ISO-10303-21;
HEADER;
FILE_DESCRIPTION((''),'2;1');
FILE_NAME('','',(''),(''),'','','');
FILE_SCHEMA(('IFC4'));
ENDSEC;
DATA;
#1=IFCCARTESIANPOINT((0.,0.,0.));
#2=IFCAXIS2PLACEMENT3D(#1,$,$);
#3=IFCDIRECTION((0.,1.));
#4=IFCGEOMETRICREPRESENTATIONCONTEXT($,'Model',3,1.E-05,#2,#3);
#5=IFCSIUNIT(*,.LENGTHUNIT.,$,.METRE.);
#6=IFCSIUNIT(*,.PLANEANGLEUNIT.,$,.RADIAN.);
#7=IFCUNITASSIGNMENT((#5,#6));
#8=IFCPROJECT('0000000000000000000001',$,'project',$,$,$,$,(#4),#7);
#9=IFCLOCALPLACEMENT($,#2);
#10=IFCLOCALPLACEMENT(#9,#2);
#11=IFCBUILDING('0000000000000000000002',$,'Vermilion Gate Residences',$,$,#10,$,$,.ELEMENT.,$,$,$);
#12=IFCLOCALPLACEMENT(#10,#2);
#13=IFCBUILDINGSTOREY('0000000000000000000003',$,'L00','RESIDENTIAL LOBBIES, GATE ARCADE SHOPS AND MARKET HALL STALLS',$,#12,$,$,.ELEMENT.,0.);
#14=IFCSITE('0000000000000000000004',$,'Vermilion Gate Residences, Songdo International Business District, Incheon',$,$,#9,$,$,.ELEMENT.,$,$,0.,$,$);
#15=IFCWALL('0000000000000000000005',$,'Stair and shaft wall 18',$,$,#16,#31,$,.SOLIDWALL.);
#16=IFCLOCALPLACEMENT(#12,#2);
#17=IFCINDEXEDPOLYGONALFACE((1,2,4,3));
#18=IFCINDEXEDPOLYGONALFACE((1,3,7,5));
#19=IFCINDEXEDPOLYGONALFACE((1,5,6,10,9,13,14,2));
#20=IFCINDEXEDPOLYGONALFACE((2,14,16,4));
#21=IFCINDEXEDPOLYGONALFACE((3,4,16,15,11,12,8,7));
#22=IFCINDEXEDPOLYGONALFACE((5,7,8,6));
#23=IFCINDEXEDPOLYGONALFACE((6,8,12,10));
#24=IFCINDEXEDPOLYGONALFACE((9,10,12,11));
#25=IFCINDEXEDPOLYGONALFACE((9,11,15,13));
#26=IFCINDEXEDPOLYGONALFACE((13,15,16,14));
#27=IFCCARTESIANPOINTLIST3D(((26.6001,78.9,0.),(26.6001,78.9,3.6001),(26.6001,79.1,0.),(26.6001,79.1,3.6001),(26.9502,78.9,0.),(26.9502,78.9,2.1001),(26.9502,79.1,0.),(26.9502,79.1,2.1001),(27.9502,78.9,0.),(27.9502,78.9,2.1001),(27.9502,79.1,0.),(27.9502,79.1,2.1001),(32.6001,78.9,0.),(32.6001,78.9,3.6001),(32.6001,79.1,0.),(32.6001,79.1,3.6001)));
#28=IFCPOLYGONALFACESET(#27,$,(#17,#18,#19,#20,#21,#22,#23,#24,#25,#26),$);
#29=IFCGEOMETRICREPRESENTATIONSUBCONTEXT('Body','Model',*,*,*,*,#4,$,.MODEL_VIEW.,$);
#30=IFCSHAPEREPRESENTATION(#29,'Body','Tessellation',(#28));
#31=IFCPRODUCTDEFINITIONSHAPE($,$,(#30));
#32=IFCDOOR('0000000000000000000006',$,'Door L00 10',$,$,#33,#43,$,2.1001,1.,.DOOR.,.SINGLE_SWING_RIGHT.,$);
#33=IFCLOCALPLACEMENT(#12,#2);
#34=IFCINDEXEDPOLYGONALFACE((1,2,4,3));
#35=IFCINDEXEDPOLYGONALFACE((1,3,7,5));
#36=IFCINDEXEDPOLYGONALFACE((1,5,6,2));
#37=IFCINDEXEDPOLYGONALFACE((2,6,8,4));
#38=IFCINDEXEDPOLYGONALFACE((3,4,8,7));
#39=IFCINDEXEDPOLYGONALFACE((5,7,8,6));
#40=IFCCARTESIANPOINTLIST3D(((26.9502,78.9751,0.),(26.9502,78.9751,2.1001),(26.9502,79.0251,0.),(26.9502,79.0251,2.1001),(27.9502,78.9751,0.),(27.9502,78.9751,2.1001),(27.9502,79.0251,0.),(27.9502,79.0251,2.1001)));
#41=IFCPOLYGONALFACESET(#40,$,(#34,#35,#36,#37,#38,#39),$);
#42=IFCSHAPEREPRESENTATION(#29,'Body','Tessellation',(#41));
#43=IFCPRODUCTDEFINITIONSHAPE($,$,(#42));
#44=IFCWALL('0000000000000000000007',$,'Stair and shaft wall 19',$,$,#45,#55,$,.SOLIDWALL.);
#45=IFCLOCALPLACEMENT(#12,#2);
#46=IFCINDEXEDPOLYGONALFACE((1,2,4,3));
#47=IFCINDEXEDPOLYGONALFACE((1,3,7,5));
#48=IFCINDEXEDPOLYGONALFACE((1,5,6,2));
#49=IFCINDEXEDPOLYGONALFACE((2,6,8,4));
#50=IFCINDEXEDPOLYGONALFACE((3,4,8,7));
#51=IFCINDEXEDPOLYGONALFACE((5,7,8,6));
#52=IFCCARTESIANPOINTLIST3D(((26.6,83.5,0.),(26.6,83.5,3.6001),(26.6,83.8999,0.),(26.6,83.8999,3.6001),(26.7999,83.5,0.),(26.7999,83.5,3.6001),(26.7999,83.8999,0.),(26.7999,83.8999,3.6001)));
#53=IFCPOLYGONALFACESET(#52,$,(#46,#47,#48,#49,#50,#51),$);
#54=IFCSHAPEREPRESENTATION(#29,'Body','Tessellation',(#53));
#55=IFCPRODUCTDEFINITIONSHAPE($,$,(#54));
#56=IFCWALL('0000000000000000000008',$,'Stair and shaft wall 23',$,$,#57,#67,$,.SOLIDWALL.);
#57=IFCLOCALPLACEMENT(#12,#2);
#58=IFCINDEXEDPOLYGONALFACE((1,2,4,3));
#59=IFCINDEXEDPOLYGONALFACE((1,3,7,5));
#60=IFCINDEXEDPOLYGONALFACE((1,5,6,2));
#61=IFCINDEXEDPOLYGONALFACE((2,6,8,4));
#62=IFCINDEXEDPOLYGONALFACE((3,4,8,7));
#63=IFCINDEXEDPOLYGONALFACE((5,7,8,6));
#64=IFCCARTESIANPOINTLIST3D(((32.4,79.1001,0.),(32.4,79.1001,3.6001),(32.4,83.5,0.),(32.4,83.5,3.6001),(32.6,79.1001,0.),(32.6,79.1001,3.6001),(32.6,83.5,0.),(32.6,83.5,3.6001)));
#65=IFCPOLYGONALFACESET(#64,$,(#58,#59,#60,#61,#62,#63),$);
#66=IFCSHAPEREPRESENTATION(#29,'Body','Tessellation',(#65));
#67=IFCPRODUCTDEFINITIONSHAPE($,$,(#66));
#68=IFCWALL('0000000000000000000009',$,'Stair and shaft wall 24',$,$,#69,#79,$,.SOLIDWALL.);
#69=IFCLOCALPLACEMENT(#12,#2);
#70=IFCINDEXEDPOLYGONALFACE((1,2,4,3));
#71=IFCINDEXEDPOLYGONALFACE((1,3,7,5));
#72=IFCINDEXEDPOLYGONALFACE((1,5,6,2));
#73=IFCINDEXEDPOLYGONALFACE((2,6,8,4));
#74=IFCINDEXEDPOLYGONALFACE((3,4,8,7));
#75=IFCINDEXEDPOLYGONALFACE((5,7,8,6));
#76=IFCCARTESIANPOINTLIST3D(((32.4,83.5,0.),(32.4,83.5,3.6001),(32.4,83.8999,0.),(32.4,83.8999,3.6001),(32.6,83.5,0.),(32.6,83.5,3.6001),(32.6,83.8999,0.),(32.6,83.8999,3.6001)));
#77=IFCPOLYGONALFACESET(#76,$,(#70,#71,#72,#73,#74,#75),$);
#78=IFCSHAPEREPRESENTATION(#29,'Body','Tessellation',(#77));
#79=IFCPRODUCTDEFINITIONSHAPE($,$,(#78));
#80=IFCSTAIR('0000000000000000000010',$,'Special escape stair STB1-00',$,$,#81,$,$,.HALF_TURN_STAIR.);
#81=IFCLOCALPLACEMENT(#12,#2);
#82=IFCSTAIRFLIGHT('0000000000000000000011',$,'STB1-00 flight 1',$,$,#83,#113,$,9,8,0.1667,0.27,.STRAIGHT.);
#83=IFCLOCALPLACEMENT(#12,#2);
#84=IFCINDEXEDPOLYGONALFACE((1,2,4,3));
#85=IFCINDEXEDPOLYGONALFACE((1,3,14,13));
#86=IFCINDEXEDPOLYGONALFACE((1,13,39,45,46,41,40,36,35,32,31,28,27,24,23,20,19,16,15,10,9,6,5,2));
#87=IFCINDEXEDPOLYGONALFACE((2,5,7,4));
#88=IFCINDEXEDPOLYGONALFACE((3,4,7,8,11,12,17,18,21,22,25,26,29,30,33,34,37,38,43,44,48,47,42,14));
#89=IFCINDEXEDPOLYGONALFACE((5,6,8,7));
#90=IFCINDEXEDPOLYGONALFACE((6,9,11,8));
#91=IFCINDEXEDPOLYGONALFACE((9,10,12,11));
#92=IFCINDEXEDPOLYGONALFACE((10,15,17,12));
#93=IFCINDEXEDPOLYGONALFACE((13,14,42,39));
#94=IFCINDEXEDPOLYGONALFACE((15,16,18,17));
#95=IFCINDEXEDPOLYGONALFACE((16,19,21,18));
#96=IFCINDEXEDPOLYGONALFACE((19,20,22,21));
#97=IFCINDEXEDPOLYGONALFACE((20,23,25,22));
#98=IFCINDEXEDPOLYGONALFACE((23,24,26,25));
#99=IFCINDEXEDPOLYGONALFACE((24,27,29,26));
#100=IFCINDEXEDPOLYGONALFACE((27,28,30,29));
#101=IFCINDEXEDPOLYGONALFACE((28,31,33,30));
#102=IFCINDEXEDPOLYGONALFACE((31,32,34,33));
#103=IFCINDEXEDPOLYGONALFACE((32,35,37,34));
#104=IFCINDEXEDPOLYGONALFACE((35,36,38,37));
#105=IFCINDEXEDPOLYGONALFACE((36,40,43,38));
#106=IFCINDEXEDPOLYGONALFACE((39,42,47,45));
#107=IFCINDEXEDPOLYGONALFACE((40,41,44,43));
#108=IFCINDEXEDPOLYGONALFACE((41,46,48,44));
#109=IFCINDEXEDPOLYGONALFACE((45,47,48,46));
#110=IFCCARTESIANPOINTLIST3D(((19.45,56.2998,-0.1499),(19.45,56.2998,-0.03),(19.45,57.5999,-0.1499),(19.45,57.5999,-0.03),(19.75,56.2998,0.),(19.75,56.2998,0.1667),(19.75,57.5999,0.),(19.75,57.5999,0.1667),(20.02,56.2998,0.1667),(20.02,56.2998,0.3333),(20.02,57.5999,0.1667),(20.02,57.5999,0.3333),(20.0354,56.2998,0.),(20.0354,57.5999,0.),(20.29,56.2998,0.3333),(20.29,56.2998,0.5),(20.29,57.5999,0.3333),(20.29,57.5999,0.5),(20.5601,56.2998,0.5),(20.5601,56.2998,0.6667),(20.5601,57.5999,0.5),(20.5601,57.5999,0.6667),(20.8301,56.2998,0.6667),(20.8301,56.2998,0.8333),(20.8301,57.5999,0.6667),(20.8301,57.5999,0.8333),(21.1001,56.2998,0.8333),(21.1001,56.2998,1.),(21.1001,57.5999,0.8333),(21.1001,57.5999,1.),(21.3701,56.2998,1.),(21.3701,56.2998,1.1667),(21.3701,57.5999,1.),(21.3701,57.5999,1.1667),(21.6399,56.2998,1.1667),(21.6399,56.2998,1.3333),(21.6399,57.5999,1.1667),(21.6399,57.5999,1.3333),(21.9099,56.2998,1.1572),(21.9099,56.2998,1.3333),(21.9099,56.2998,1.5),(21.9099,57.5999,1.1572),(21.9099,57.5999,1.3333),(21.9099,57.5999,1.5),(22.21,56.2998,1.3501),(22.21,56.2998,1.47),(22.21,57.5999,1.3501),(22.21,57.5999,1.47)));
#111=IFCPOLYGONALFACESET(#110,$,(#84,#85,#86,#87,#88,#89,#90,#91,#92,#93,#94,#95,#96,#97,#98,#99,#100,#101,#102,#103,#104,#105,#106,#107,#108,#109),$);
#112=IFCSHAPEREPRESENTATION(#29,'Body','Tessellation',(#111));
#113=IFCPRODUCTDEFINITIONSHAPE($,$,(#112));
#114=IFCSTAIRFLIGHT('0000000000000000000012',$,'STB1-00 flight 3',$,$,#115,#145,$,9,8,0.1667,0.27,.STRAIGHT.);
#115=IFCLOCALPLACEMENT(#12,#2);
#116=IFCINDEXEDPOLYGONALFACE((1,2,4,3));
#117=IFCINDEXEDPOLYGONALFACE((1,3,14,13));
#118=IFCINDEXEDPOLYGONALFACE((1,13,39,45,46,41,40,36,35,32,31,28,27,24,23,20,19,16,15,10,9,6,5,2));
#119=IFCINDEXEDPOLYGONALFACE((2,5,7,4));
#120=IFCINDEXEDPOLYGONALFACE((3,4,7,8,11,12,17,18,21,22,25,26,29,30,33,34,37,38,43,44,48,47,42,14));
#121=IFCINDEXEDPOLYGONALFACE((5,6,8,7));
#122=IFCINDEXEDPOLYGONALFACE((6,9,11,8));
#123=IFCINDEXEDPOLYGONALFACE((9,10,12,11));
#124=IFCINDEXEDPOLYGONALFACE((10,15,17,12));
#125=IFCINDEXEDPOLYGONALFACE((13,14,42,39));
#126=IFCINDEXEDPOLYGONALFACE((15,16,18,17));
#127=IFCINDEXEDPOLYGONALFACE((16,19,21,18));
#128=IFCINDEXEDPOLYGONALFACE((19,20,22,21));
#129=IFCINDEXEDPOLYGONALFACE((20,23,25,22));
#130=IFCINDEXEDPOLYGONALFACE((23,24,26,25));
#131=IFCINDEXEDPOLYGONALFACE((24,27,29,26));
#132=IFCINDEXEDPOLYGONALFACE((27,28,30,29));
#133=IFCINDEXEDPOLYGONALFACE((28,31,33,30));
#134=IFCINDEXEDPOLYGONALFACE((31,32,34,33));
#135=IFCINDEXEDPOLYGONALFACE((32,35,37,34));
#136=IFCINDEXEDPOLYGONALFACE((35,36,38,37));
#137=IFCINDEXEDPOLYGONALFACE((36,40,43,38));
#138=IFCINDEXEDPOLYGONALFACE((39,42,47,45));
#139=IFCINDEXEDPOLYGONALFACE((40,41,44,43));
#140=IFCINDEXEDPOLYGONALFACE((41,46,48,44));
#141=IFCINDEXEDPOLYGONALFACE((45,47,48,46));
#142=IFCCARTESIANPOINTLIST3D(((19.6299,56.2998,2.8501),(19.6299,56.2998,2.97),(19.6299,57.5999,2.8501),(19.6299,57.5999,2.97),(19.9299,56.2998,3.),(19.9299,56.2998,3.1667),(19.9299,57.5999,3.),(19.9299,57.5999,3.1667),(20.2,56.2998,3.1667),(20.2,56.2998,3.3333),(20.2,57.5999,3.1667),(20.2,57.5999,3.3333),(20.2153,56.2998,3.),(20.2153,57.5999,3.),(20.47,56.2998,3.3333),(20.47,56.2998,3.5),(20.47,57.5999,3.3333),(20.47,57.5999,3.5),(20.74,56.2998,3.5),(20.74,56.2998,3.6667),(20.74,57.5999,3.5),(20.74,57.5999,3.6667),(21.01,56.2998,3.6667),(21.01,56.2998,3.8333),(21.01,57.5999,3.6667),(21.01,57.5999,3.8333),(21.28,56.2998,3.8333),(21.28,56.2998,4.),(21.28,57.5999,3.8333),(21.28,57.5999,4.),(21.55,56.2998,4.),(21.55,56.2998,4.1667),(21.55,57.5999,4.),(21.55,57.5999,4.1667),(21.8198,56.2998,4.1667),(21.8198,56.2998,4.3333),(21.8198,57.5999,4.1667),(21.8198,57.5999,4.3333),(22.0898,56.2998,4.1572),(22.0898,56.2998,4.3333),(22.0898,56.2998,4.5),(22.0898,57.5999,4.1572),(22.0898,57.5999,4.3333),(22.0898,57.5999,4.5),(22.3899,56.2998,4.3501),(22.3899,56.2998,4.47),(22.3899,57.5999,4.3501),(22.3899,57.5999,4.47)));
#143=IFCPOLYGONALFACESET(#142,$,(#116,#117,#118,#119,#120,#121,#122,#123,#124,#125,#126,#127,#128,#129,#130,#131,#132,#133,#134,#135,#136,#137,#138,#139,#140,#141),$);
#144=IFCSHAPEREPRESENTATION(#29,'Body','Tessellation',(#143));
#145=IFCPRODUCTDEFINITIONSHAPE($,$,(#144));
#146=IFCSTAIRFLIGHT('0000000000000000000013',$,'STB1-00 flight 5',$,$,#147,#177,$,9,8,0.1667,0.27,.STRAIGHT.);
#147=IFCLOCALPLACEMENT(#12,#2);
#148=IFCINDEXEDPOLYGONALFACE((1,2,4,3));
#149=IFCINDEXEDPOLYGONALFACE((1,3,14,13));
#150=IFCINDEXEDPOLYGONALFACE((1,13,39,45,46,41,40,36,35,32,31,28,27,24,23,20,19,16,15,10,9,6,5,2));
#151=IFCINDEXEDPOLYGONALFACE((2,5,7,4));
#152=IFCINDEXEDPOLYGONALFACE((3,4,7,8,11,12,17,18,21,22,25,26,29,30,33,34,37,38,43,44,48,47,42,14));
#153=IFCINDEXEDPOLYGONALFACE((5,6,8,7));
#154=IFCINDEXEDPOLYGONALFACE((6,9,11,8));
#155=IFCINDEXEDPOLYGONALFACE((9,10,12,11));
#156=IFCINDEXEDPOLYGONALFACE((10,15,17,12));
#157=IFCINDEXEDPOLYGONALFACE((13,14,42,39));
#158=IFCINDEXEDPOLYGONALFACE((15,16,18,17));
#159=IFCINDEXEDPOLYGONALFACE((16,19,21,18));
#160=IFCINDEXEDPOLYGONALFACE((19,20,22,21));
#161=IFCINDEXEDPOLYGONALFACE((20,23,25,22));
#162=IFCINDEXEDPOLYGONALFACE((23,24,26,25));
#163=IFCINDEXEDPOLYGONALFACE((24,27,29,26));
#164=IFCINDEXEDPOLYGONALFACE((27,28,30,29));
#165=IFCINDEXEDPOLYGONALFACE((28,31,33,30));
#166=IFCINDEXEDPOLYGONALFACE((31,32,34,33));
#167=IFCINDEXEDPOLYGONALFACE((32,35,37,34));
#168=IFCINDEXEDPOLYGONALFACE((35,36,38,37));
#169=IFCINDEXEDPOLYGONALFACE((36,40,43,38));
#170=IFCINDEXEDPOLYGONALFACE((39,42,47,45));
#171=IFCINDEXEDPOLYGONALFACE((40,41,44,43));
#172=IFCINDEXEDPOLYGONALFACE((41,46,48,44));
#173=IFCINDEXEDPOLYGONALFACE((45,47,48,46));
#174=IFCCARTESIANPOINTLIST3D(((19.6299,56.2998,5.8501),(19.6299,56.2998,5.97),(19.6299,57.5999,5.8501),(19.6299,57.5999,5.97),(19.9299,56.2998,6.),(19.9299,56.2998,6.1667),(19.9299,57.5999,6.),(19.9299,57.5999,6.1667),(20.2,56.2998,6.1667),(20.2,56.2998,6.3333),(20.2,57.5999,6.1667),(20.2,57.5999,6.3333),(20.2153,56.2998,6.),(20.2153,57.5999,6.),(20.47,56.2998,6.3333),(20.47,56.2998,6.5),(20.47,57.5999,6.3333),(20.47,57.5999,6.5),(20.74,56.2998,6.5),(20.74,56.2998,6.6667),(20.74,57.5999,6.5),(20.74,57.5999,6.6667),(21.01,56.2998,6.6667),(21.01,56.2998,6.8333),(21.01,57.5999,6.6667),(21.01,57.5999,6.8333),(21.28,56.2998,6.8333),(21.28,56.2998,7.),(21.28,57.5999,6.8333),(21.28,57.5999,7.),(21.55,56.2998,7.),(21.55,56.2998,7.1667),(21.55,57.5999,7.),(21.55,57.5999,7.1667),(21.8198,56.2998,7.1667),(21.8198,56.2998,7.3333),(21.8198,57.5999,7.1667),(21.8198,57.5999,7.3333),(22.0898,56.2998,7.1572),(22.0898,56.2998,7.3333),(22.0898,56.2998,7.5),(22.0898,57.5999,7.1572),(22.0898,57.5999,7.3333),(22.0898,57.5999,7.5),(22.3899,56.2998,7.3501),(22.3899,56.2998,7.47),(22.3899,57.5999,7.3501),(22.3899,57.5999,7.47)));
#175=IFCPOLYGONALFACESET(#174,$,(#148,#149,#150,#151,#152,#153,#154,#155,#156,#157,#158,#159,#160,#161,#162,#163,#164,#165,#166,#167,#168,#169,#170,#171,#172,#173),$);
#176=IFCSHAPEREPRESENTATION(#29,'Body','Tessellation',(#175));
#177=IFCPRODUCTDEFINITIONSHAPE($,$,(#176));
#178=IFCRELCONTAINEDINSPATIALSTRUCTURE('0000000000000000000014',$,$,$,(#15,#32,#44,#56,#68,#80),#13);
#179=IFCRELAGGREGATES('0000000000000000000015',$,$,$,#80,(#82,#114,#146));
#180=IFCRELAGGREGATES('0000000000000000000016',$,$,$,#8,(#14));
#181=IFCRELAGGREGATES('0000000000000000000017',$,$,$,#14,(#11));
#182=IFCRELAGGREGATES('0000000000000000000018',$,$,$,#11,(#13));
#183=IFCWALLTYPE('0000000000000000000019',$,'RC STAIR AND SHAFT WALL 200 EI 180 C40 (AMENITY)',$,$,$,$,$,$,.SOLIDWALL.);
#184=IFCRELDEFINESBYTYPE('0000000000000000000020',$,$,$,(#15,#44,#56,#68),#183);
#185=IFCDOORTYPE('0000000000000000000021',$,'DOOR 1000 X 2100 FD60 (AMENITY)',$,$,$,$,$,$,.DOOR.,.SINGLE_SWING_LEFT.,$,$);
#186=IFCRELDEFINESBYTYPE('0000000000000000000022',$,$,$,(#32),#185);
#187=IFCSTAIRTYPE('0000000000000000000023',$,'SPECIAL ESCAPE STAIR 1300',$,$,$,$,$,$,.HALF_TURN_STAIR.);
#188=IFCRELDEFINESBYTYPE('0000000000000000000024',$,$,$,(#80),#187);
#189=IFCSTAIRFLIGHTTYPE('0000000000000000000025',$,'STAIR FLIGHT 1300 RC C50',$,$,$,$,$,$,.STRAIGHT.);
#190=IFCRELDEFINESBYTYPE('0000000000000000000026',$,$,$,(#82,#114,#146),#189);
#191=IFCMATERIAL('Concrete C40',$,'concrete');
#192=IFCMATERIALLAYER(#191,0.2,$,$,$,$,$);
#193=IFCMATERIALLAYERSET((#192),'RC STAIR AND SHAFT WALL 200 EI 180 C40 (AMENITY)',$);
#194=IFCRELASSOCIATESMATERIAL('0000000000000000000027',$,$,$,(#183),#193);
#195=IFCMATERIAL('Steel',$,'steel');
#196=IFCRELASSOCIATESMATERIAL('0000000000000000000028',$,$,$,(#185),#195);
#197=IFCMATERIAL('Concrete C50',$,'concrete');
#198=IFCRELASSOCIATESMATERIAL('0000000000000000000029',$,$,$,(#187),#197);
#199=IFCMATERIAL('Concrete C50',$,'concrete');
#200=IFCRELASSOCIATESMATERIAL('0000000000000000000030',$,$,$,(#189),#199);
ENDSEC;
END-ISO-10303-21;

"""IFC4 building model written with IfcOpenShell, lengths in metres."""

from ifc_helpers import new_model, si_unit, direction, frame, frame_2d, origin, place, context, subcontext, project, spatial, polyline, rectangle, outline, extrude, material, layer, layer_set, type_object, element, fill, aggregate, save


model = new_model("IFC4")

# Units and contexts
model_context = context("Model", 3, precision=1e-05, world=origin(), true_north=direction((0.0, 1.0)))
body_context = subcontext(model_context, "Body", "Model", "MODEL_VIEW")
ifc_project = project(units=[si_unit("LENGTHUNIT", "METRE"), si_unit("PLANEANGLEUNIT", "RADIAN")], contexts=[model_context])

# Site, building, storey
site_placement = place(None, origin())
site = spatial("IfcSite", under=ifc_project, at=site_placement, Name="Vermilion Gate Residences, Songdo International Business District, Incheon", CompositionType="ELEMENT", RefElevation=0.0)
building_placement = place(site_placement, origin())
building = spatial("IfcBuilding", under=site, at=building_placement, Name="Vermilion Gate Residences", CompositionType="ELEMENT")
storey_placement = place(building_placement, origin())
storey = spatial("IfcBuildingStorey", under=building, at=storey_placement, Name="L00", Description="RESIDENTIAL LOBBIES, GATE ARCADE SHOPS AND MARKET HALL STALLS", CompositionType="ELEMENT", Elevation=0.0)

# Shared definitions
ifc_material_1 = material(Name="Concrete C40", Category="concrete")
ifc_layer_1 = layer(ifc_material_1, 0.2)
ifc_layer_set_1 = layer_set([ifc_layer_1], Name="RC STAIR AND SHAFT WALL 200 EI 180 C40 (AMENITY)")
wall_type_1 = type_object("IfcWallType", Name="RC STAIR AND SHAFT WALL 200 EI 180 C40 (AMENITY)", PredefinedType="SOLIDWALL", material=ifc_layer_set_1)

# Wall, opening, door
wall_1_placement = place(storey_placement, frame((26.6001, 79.0, 0.0), z_axis=(0.0, 0.0, 1.0), x_axis=(1.0, 0.0, 0.0)))
wall_1 = element("IfcWall", 1, at=wall_1_placement, inside=storey, type_object=wall_type_1, Name="Stair and shaft wall 18", PredefinedType="SOLIDWALL", context=body_context, shape_type="SweptSolid", body=[
    extrude(rectangle(XDim=6.0, YDim=0.2, at=frame_2d((3.0, 0.0))), origin(), (0.0, 0.0, 1.0), 3.6001),
])
opening_1_placement = place(wall_1_placement, frame((0.3501, 0.0, 0.0)))
opening_1 = element("IfcOpeningElement", 2, at=opening_1_placement, cuts=wall_1, PredefinedType="OPENING", context=body_context, shape_type="SweptSolid", body=[
    extrude(rectangle(XDim=1.0, YDim=2.1001, at=frame_2d((0.5, 1.05))), frame((0.0, 0.1099, 0.0), z_axis=(0.0, -1.0, 0.0), x_axis=(1.0, 0.0, 0.0)), (0.0, 0.0, 1.0), 0.22),
])
ifc_material_2 = material(Name="Steel", Category="steel")
door_type_1 = type_object("IfcDoorType", Name="DOOR 1000 X 2100 FD60 (AMENITY)", OperationType="SINGLE_SWING_LEFT", PredefinedType="DOOR", material=ifc_material_2)
door_1_placement = place(opening_1_placement, frame((1.0, 0.0, 0.0), z_axis=(0.0, 0.0, 1.0), x_axis=(-1.0, 0.0, 0.0)))
door_1 = element("IfcDoor", 3, at=door_1_placement, inside=storey, type_object=door_type_1, Name="Door L00 10", OperationType="SINGLE_SWING_RIGHT", OverallHeight=2.1001, OverallWidth=1.0, PredefinedType="DOOR", context=body_context, shape_type="SweptSolid", body=[
    extrude(rectangle(XDim=1.0, YDim=2.1001, at=frame_2d((0.5, 1.05))), frame((0.0, 0.0249, 0.0), z_axis=(0.0, -1.0, 0.0), x_axis=(1.0, 0.0, 0.0)), (0.0, 0.0, 1.0), 0.05),
])
fill(opening_1, door_1)

# Walls
wall_2_placement = place(storey_placement, frame((26.7, 83.5, 0.0), z_axis=(0.0, 0.0, 1.0), x_axis=(0.0, 1.0, 0.0)))
element("IfcWall", 4, at=wall_2_placement, inside=storey, type_object=wall_type_1, Name="Stair and shaft wall 19", PredefinedType="SOLIDWALL", context=body_context, shape_type="SweptSolid", body=[
    extrude(rectangle(XDim=0.3999, YDim=0.2, at=frame_2d((0.2, 0.0))), origin(), (0.0, 0.0, 1.0), 3.6001),
])
wall_3_placement = place(storey_placement, frame((32.5, 79.1001, 0.0), z_axis=(0.0, 0.0, 1.0), x_axis=(0.0, 1.0, 0.0)))
element("IfcWall", 5, at=wall_3_placement, inside=storey, type_object=wall_type_1, Name="Stair and shaft wall 23", PredefinedType="SOLIDWALL", context=body_context, shape_type="SweptSolid", body=[
    extrude(rectangle(XDim=4.3999, YDim=0.2, at=frame_2d((2.2, 0.0))), origin(), (0.0, 0.0, 1.0), 3.6001),
])
wall_4_placement = place(storey_placement, frame((32.5, 83.5, 0.0), z_axis=(0.0, 0.0, 1.0), x_axis=(0.0, 1.0, 0.0)))
element("IfcWall", 6, at=wall_4_placement, inside=storey, type_object=wall_type_1, Name="Stair and shaft wall 24", PredefinedType="SOLIDWALL", context=body_context, shape_type="SweptSolid", body=[
    extrude(rectangle(XDim=0.3999, YDim=0.2, at=frame_2d((0.2, 0.0))), origin(), (0.0, 0.0, 1.0), 3.6001),
])

# Stair, stair flights
ifc_material_3 = material(Name="Concrete C50", Category="concrete")
stair_type = type_object("IfcStairType", Name="SPECIAL ESCAPE STAIR 1300", PredefinedType="HALF_TURN_STAIR", material=ifc_material_3)
stair_placement = place(storey_placement, origin())
stair = element("IfcStair", 7, at=stair_placement, inside=storey, type_object=stair_type, Name="Special escape stair STB1-00", PredefinedType="HALF_TURN_STAIR")
ifc_material_4 = material(Name="Concrete C50", Category="concrete")
stair_flight_type = type_object("IfcStairFlightType", Name="STAIR FLIGHT 1300 RC C50", PredefinedType="STRAIGHT", material=ifc_material_4)
stair_flight_1_placement = place(storey_placement, frame((19.75, 56.95, 0.0), z_axis=(0.0, 0.0, 1.0), x_axis=(1.0, 0.0, 0.0)))
stair_flight_1 = element("IfcStairFlight", 8, at=stair_flight_1_placement, type_object=stair_flight_type, Name="STB1-00 flight 1", NumberOfRisers=9, NumberOfTreads=8, PredefinedType="STRAIGHT", RiserHeight=0.1667, TreadLength=0.27, context=body_context, shape_type="SweptSolid", body=[
    extrude(outline(polyline([(-0.3, -0.1499), (-0.3, -0.03), (0.0, 0.0), (0.0, 0.1667), (0.27, 0.1667), (0.27, 0.3333), (0.54, 0.3333), (0.54, 0.5), (0.8101, 0.5), (0.8101, 0.6667), (1.0801, 0.6667), (1.0801, 0.8333), (1.3501, 0.8333), (1.3501, 1.0), (1.6201, 1.0), (1.6201, 1.1667), (1.8899, 1.1667), (1.8899, 1.3333), (2.1599, 1.3333), (2.1599, 1.5), (2.46, 1.47), (2.46, 1.3501), (2.1599, 1.1572), (0.2854, 0.0), (-0.3, -0.1499)])), frame((0.0, 0.6499, 0.0), z_axis=(0.0, -1.0, 0.0), x_axis=(1.0, 0.0, 0.0)), (0.0, 0.0, 1.0), 1.3),
])
stair_flight_2_placement = place(storey_placement, frame((19.9299, 56.95, 3.0), z_axis=(0.0, 0.0, 1.0), x_axis=(1.0, 0.0, 0.0)))
stair_flight_2 = element("IfcStairFlight", 9, at=stair_flight_2_placement, type_object=stair_flight_type, Name="STB1-00 flight 3", NumberOfRisers=9, NumberOfTreads=8, PredefinedType="STRAIGHT", RiserHeight=0.1667, TreadLength=0.27, context=body_context, shape_type="SweptSolid", body=[
    extrude(outline(polyline([(-0.3, -0.1499), (-0.3, -0.03), (0.0, 0.0), (0.0, 0.1667), (0.27, 0.1667), (0.27, 0.3333), (0.54, 0.3333), (0.54, 0.5), (0.8101, 0.5), (0.8101, 0.6667), (1.0801, 0.6667), (1.0801, 0.8333), (1.3501, 0.8333), (1.3501, 1.0), (1.6201, 1.0), (1.6201, 1.1667), (1.8899, 1.1667), (1.8899, 1.3333), (2.1599, 1.3333), (2.1599, 1.5), (2.46, 1.47), (2.46, 1.3501), (2.1599, 1.1572), (0.2854, 0.0), (-0.3, -0.1499)])), frame((0.0, 0.6499, 0.0), z_axis=(0.0, -1.0, 0.0), x_axis=(1.0, 0.0, 0.0)), (0.0, 0.0, 1.0), 1.3),
])
stair_flight_3_placement = place(storey_placement, frame((19.9299, 56.95, 6.0), z_axis=(0.0, 0.0, 1.0), x_axis=(1.0, 0.0, 0.0)))
stair_flight_3 = element("IfcStairFlight", 10, at=stair_flight_3_placement, type_object=stair_flight_type, Name="STB1-00 flight 5", NumberOfRisers=9, NumberOfTreads=8, PredefinedType="STRAIGHT", RiserHeight=0.1667, TreadLength=0.27, context=body_context, shape_type="SweptSolid", body=[
    extrude(outline(polyline([(-0.3, -0.1499), (-0.3, -0.03), (0.0, 0.0), (0.0, 0.1667), (0.27, 0.1667), (0.27, 0.3333), (0.54, 0.3333), (0.54, 0.5), (0.8101, 0.5), (0.8101, 0.6667), (1.0801, 0.6667), (1.0801, 0.8333), (1.3501, 0.8333), (1.3501, 1.0), (1.6201, 1.0), (1.6201, 1.1667), (1.8899, 1.1667), (1.8899, 1.3333), (2.1599, 1.3333), (2.1599, 1.5), (2.46, 1.47), (2.46, 1.3501), (2.1599, 1.1572), (0.2854, 0.0), (-0.3, -0.1499)])), frame((0.0, 0.6499, 0.0), z_axis=(0.0, -1.0, 0.0), x_axis=(1.0, 0.0, 0.0)), (0.0, 0.0, 1.0), 1.3),
])
aggregate(stair, [stair_flight_1, stair_flight_2, stair_flight_3])

save(model, "model.ifc")
